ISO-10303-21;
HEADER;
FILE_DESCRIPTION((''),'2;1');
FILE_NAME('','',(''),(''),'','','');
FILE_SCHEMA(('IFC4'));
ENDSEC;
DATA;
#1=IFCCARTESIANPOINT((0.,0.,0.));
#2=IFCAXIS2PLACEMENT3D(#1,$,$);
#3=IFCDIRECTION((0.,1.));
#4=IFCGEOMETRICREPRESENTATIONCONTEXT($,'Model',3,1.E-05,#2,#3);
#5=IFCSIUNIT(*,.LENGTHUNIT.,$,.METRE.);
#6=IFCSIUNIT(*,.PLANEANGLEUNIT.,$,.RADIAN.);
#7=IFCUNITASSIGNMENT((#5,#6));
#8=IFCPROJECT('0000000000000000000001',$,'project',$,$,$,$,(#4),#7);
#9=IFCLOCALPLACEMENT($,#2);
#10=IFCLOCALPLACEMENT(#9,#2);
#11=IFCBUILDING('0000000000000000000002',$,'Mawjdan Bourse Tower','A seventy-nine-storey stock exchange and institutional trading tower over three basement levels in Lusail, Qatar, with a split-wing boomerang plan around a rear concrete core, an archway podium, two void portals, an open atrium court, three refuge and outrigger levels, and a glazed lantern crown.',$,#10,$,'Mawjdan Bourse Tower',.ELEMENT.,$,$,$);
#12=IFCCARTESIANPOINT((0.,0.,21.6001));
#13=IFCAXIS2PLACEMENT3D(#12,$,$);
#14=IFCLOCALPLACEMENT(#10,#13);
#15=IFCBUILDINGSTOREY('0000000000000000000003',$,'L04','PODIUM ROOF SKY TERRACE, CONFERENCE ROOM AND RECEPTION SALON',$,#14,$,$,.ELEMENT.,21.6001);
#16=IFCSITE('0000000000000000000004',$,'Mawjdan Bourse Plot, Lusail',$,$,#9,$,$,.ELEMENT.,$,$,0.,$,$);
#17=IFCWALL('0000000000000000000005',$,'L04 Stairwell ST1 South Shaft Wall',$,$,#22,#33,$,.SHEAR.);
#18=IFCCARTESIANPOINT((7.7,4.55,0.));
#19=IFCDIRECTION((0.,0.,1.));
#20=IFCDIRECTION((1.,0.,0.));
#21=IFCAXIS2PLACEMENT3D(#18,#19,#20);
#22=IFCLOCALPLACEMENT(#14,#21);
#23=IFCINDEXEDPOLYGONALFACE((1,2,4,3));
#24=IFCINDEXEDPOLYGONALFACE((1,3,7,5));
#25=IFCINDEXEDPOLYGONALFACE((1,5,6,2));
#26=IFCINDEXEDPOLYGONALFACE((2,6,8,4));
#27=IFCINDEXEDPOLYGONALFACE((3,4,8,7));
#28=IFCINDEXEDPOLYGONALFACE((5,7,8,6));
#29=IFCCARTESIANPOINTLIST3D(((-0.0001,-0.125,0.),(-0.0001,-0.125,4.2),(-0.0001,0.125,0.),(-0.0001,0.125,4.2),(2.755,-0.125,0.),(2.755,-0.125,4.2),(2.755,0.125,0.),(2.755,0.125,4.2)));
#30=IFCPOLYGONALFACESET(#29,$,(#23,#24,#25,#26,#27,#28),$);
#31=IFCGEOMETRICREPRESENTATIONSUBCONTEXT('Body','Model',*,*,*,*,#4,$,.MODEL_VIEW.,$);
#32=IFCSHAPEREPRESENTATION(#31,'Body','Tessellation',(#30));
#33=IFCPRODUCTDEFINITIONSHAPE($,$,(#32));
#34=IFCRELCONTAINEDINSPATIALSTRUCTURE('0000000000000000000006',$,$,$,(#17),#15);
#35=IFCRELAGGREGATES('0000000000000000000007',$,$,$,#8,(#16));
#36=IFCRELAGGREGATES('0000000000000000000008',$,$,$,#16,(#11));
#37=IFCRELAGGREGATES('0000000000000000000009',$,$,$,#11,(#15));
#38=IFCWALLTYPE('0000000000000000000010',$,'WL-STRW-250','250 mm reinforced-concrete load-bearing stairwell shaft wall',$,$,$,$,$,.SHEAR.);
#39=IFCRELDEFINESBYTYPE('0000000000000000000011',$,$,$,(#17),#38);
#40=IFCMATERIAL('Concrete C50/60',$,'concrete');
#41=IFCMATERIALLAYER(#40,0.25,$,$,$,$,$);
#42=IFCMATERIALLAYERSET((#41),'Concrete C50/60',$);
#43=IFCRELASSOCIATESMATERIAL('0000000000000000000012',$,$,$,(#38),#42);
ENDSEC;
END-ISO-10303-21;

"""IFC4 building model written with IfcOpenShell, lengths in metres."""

from ifc_helpers import new_model, si_unit, direction, frame, frame_2d, origin, place, context, subcontext, project, spatial, rectangle, extrude, material, layer, layer_set, type_object, element, save


model = new_model("IFC4")

# Units and contexts
model_context = context("Model", 3, precision=1e-05, world=origin(), true_north=direction((0.0, 1.0)))
body_context = subcontext(model_context, "Body", "Model", "MODEL_VIEW")
ifc_project = project(units=[si_unit("LENGTHUNIT", "METRE"), si_unit("PLANEANGLEUNIT", "RADIAN")], contexts=[model_context])

# Site, building, storey
site_placement = place(None, origin())
site = spatial("IfcSite", under=ifc_project, at=site_placement, Name="Mawjdan Bourse Plot, Lusail", CompositionType="ELEMENT", RefElevation=0.0)
building_placement = place(site_placement, origin())
building = spatial("IfcBuilding", under=site, at=building_placement, Name="Mawjdan Bourse Tower", Description="A seventy-nine-storey stock exchange and institutional trading tower over three basement levels in Lusail, Qatar, with a split-wing boomerang plan around a rear concrete core, an archway podium, two void portals, an open atrium court, three refuge and outrigger levels, and a glazed lantern crown.", LongName="Mawjdan Bourse Tower", CompositionType="ELEMENT")
storey_placement = place(building_placement, frame((0.0, 0.0, 21.6001)))
storey = spatial("IfcBuildingStorey", under=building, at=storey_placement, Name="L04", Description="PODIUM ROOF SKY TERRACE, CONFERENCE ROOM AND RECEPTION SALON", CompositionType="ELEMENT", Elevation=21.6001)

# Shared definitions
ifc_material_1 = material(Name="Concrete C50/60", Category="concrete")

# Wall
ifc_layer_1 = layer(ifc_material_1, 0.25)
ifc_layer_set_1 = layer_set([ifc_layer_1], Name="Concrete C50/60")
wall_type_1 = type_object("IfcWallType", Name="WL-STRW-250", Description="250 mm reinforced-concrete load-bearing stairwell shaft wall", PredefinedType="SHEAR", material=ifc_layer_set_1)
wall_1_placement = place(storey_placement, frame((7.7, 4.55, 0.0), z_axis=(0.0, 0.0, 1.0), x_axis=(1.0, 0.0, 0.0)))
element("IfcWall", 1, at=wall_1_placement, inside=storey, type_object=wall_type_1, Name="L04 Stairwell ST1 South Shaft Wall", PredefinedType="SHEAR", context=body_context, shape_type="SweptSolid", body=[
    extrude(rectangle(XDim=2.7551, YDim=0.25, at=frame_2d((1.3774, 0.0))), origin(), (0.0, 0.0, 1.0), 4.2),
])

save(model, "model.ifc")
